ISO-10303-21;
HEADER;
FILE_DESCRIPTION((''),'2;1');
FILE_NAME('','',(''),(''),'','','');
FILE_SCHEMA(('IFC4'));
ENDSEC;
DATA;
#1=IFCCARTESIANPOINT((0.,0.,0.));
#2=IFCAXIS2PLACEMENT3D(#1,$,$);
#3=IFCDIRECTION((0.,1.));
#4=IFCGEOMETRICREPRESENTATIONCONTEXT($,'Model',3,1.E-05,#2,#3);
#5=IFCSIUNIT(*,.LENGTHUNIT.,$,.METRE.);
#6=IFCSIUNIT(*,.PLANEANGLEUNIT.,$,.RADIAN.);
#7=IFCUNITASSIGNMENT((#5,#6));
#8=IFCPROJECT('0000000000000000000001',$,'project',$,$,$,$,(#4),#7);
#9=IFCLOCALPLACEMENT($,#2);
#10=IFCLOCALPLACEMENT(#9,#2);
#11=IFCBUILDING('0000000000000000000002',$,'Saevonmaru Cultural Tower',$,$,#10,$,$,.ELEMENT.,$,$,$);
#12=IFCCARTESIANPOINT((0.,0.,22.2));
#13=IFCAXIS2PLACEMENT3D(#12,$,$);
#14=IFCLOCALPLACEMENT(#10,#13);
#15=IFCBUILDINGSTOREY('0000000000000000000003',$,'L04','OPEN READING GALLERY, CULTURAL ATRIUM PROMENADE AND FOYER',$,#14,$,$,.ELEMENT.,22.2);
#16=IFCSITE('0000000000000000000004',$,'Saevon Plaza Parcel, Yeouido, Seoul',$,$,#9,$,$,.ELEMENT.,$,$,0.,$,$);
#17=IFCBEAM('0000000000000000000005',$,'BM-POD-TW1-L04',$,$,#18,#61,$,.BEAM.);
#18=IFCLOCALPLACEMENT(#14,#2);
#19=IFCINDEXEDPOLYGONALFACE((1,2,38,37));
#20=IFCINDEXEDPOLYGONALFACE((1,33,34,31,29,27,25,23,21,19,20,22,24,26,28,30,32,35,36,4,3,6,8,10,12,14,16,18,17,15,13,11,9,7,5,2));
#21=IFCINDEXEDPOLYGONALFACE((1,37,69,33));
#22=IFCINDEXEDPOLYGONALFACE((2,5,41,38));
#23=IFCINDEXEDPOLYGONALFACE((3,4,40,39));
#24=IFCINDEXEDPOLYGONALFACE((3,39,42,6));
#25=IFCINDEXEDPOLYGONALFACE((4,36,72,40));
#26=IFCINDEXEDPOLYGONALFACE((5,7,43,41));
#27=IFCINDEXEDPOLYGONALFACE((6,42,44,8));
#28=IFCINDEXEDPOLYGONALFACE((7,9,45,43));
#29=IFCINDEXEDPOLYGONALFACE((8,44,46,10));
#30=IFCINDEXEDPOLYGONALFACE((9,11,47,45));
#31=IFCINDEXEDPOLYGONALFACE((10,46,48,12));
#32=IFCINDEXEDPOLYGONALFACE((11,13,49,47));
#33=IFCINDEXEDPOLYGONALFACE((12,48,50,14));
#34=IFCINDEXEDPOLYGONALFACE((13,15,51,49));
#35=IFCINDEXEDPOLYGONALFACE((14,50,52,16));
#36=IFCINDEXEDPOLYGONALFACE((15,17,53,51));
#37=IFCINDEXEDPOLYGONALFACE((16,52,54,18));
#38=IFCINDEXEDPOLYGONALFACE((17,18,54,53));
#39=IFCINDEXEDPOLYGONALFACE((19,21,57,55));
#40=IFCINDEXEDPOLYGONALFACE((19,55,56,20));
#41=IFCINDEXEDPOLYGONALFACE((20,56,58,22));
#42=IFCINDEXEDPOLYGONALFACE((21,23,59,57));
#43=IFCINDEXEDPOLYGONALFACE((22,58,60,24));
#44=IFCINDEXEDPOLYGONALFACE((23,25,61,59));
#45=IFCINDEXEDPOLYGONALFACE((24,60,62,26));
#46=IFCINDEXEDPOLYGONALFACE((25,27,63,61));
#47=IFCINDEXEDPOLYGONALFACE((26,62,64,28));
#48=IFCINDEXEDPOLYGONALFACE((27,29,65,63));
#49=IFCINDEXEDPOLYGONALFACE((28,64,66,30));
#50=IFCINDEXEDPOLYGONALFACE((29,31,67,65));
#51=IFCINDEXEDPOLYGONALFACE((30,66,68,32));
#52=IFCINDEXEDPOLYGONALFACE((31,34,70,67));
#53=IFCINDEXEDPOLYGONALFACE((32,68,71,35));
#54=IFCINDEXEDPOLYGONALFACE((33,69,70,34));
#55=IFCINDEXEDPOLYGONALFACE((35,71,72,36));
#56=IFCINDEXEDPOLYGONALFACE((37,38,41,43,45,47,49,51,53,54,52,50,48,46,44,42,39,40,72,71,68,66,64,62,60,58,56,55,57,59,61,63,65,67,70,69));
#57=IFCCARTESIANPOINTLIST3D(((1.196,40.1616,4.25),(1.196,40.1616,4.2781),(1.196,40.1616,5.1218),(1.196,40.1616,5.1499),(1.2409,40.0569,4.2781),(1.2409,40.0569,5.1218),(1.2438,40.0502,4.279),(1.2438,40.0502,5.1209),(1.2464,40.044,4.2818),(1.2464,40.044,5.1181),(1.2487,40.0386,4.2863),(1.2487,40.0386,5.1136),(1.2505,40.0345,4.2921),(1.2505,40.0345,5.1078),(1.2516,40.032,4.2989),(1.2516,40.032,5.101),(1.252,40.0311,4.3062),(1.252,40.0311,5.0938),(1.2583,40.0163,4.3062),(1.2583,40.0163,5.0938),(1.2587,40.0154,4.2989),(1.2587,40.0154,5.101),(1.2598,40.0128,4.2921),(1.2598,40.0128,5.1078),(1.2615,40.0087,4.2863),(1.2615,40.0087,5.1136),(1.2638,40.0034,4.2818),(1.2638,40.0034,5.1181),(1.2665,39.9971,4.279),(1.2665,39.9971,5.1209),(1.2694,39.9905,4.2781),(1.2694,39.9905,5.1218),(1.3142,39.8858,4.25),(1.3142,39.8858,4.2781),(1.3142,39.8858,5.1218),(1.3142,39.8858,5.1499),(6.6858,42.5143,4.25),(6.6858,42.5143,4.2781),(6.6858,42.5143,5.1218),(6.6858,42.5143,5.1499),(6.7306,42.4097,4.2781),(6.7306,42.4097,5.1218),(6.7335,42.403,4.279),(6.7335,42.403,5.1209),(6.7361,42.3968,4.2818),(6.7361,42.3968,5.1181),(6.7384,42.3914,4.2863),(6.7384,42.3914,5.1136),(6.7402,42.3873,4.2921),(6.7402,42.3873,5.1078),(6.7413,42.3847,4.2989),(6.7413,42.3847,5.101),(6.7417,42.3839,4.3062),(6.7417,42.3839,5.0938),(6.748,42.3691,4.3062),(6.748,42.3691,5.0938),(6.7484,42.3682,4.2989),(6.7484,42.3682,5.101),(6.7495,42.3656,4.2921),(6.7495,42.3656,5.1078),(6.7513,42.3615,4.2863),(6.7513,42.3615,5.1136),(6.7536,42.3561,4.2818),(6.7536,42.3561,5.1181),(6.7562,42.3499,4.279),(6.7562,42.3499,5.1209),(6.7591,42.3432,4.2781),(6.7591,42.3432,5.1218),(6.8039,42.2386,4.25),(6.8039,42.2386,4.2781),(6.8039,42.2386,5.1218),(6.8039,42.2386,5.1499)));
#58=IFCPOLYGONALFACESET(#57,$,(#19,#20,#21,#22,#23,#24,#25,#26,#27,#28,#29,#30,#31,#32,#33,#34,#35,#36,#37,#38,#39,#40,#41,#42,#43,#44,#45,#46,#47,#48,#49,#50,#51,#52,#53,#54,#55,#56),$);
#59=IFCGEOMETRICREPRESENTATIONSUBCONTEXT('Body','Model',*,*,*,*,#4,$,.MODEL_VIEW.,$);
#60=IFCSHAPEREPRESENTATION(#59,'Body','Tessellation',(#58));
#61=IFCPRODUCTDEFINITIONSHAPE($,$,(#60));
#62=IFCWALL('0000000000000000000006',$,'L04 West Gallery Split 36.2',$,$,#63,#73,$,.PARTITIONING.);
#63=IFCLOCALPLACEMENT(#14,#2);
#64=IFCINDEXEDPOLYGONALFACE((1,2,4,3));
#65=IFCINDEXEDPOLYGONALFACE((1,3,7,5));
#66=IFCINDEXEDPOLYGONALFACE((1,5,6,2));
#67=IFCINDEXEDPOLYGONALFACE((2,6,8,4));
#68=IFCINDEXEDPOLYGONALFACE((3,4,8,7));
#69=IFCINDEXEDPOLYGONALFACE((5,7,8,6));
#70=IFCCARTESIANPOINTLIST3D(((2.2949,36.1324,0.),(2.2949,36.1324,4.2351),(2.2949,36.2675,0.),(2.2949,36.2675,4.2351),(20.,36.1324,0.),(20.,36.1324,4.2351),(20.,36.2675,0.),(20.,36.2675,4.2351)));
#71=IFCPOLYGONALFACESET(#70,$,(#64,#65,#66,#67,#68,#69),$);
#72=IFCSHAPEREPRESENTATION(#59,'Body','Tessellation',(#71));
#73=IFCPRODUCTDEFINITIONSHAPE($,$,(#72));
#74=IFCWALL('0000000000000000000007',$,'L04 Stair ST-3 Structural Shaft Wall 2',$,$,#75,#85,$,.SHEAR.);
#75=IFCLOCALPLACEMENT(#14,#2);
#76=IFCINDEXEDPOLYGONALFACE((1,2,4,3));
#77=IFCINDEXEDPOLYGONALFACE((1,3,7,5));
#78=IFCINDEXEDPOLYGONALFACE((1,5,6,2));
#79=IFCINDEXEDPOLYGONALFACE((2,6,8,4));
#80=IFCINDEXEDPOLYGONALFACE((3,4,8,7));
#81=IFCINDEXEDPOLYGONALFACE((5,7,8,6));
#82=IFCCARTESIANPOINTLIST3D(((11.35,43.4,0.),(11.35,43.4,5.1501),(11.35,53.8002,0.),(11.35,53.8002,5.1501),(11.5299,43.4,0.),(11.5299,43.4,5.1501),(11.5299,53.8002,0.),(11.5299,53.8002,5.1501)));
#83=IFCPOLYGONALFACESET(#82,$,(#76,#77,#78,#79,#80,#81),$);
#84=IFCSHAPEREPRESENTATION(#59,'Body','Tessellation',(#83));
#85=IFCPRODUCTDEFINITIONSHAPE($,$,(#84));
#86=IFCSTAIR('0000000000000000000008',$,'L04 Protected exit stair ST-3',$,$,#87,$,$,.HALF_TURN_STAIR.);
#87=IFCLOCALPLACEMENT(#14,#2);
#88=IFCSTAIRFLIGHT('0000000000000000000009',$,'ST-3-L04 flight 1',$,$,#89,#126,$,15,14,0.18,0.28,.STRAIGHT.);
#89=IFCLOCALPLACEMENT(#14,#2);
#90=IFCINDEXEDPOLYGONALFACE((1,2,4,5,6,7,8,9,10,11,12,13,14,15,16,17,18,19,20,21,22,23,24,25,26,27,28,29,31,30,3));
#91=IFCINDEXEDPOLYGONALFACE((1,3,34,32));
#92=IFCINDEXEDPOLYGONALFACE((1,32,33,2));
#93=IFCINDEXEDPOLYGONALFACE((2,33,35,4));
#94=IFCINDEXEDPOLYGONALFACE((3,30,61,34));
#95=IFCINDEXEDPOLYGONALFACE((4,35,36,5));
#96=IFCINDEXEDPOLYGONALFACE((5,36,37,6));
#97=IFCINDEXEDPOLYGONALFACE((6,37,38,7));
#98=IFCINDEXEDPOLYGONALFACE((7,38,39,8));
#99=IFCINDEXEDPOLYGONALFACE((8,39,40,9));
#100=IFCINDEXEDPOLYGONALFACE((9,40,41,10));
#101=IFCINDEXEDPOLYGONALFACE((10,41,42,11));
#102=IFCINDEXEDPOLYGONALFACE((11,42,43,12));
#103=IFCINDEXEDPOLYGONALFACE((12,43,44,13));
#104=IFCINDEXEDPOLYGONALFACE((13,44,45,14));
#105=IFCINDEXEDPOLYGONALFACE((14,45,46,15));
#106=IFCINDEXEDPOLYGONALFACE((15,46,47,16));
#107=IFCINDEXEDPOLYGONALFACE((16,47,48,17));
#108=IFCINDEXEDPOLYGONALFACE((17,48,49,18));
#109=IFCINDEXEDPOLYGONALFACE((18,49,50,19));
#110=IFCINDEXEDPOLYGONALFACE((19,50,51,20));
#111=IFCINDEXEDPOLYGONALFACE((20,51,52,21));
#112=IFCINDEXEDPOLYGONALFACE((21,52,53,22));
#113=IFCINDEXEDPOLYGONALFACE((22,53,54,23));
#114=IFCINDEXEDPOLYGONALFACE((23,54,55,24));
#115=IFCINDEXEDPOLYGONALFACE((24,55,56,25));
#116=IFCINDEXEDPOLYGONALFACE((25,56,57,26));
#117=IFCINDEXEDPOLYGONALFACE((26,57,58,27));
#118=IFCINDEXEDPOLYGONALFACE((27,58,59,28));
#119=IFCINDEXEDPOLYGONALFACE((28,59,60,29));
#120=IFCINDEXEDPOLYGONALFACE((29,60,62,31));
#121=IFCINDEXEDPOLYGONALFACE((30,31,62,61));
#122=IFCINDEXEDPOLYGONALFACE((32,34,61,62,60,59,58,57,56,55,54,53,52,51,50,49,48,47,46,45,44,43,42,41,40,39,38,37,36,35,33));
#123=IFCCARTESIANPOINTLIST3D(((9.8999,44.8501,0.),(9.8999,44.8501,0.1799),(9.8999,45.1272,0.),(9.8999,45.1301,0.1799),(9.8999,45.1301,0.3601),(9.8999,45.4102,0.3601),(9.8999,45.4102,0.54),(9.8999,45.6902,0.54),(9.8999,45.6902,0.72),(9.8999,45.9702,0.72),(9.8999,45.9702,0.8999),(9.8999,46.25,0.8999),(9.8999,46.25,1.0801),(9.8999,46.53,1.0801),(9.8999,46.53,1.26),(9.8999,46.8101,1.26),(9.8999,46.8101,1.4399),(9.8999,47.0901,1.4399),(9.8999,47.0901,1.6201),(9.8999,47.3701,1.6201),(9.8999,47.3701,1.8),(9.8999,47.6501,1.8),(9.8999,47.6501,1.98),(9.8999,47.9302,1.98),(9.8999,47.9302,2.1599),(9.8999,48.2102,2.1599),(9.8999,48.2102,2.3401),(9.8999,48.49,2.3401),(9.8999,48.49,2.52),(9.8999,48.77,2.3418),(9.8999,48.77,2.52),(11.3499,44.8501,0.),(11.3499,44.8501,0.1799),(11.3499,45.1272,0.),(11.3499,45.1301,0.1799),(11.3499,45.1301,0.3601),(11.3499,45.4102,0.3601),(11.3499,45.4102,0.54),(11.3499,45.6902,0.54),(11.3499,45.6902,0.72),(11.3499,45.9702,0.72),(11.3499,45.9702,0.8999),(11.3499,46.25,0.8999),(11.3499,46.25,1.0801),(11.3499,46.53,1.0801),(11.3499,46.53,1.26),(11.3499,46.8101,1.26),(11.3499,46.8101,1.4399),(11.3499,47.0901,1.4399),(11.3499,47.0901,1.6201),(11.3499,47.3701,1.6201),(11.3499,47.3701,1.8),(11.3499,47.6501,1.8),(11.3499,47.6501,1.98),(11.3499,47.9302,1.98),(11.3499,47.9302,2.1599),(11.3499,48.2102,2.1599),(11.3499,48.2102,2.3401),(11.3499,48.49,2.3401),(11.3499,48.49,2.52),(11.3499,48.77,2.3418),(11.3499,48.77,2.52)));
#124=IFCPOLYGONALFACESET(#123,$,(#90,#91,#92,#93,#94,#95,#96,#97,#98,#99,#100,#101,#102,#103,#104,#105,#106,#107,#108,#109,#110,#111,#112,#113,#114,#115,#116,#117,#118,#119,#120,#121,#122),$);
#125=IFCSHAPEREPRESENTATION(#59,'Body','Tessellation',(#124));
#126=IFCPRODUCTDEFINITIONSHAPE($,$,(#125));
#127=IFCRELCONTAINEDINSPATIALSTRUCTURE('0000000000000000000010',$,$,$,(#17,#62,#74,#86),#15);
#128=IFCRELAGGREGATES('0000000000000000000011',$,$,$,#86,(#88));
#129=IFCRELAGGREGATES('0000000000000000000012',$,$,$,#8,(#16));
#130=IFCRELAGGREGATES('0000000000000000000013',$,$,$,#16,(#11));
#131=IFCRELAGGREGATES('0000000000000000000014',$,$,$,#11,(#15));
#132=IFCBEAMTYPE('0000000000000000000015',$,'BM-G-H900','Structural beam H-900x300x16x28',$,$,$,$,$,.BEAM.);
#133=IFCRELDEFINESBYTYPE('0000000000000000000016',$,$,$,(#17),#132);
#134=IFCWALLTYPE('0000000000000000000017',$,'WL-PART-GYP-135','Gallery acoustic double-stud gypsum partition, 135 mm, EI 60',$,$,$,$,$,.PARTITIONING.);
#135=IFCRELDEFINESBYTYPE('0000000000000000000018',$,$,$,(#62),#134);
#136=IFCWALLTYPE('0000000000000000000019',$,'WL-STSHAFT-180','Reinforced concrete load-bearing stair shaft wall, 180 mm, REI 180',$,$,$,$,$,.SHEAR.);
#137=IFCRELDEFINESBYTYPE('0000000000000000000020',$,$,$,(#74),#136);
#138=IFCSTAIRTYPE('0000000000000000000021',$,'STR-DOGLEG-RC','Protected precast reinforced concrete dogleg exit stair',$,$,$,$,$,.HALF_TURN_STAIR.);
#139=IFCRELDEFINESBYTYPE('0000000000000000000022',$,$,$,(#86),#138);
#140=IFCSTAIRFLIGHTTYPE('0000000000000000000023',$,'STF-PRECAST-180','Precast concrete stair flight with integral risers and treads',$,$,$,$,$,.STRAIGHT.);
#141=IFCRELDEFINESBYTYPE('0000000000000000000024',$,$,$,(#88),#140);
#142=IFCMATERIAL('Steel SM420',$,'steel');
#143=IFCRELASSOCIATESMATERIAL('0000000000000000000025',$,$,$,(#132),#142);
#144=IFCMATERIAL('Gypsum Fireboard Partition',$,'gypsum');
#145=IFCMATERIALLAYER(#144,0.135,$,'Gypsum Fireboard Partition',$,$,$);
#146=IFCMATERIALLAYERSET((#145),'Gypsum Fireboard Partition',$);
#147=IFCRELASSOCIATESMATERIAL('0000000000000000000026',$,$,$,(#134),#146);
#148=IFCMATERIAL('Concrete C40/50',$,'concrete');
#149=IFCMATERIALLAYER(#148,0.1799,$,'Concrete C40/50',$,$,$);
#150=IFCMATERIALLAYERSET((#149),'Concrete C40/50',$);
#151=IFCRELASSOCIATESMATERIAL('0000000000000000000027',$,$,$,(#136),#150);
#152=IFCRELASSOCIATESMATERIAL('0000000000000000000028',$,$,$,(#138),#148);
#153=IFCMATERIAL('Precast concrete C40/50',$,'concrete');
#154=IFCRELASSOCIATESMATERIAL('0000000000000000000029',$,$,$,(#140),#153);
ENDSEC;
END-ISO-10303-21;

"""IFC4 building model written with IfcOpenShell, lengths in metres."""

from ifc_helpers import new_model, si_unit, direction, frame, frame_2d, origin, origin_2d, place, context, subcontext, project, spatial, polyline, rectangle, i_section, outline, extrude, material, layer, layer_set, material_profile, profile_set, type_object, element, aggregate, save


model = new_model("IFC4")

# Units and contexts
model_context = context("Model", 3, precision=1e-05, world=origin(), true_north=direction((0.0, 1.0)))
body_context = subcontext(model_context, "Body", "Model", "MODEL_VIEW")
ifc_project = project(units=[si_unit("LENGTHUNIT", "METRE"), si_unit("PLANEANGLEUNIT", "RADIAN")], contexts=[model_context])

# Site, building, storey
site_placement = place(None, origin())
site = spatial("IfcSite", under=ifc_project, at=site_placement, Name="Saevon Plaza Parcel, Yeouido, Seoul", CompositionType="ELEMENT", RefElevation=0.0)
building_placement = place(site_placement, origin())
building = spatial("IfcBuilding", under=site, at=building_placement, Name="Saevonmaru Cultural Tower", CompositionType="ELEMENT")
storey_placement = place(building_placement, frame((0.0, 0.0, 22.2)))
storey = spatial("IfcBuildingStorey", under=building, at=storey_placement, Name="L04", Description="OPEN READING GALLERY, CULTURAL ATRIUM PROMENADE AND FOYER", CompositionType="ELEMENT", Elevation=22.2)

# Shared definitions
ifc_material_1 = material(Name="Steel SM420", Category="steel")

# Beam
ifc_material_profile_1 = material_profile(ifc_material_1, i_section(OverallWidth=0.3, OverallDepth=0.8999, WebThickness=0.0161, FlangeThickness=0.0281, FilletRadius=0.0281, at=origin_2d()), Name="H-900x300x16x28")
ifc_profile_set_1 = profile_set([ifc_material_profile_1], Name="Steel SM420")
beam_type_1 = type_object("IfcBeamType", Name="BM-G-H900", Description="Structural beam H-900x300x16x28", PredefinedType="BEAM", material=ifc_profile_set_1)
beam_1_placement = place(storey_placement, frame((1.2551, 40.0237, 4.7), z_axis=(0.919143, 0.393924, 0.0), x_axis=(-0.393924, 0.919143, 0.0)))
element("IfcBeam", 1, at=beam_1_placement, inside=storey, type_object=beam_type_1, Name="BM-POD-TW1-L04", PredefinedType="BEAM", context=body_context, shape_type="SweptSolid", body=[
    extrude(i_section(OverallWidth=0.3, OverallDepth=0.8999, WebThickness=0.0161, FlangeThickness=0.0281, FilletRadius=0.0281, at=origin_2d()), origin(), (0.0, 0.0, 1.0), 5.9727),
])

# Wall
ifc_material_2 = material(Name="Gypsum Fireboard Partition", Category="gypsum")
ifc_layer_1 = layer(ifc_material_2, 0.135, Name="Gypsum Fireboard Partition")
ifc_layer_set_1 = layer_set([ifc_layer_1], Name="Gypsum Fireboard Partition")
wall_type_1 = type_object("IfcWallType", Name="WL-PART-GYP-135", Description="Gallery acoustic double-stud gypsum partition, 135 mm, EI 60", PredefinedType="PARTITIONING", material=ifc_layer_set_1)
wall_1_placement = place(storey_placement, frame((2.2949, 36.2, 0.0), z_axis=(0.0, 0.0, 1.0), x_axis=(1.0, 0.0, 0.0)))
element("IfcWall", 2, at=wall_1_placement, inside=storey, type_object=wall_type_1, Name="L04 West Gallery Split 36.2", PredefinedType="PARTITIONING", context=body_context, shape_type="SweptSolid", body=[
    extrude(rectangle(XDim=17.7051, YDim=0.135, at=frame_2d((8.8525, 0.0))), origin(), (0.0, 0.0, 1.0), 4.2351),
])

# Shared definitions
ifc_material_3 = material(Name="Concrete C40/50", Category="concrete")
ifc_layer_2 = layer(ifc_material_3, 0.1799, Name="Concrete C40/50")
ifc_layer_set_2 = layer_set([ifc_layer_2], Name="Concrete C40/50")
wall_type_2 = type_object("IfcWallType", Name="WL-STSHAFT-180", Description="Reinforced concrete load-bearing stair shaft wall, 180 mm, REI 180", PredefinedType="SHEAR", material=ifc_layer_set_2)

# Wall
wall_2_placement = place(storey_placement, frame((11.4399, 43.3999, 0.0), z_axis=(0.0, 0.0, 1.0), x_axis=(0.0, 1.0, 0.0)))
element("IfcWall", 3, at=wall_2_placement, inside=storey, type_object=wall_type_2, Name="L04 Stair ST-3 Structural Shaft Wall 2", PredefinedType="SHEAR", context=body_context, shape_type="SweptSolid", body=[
    extrude(rectangle(XDim=10.4001, YDim=0.1799, at=frame_2d((5.2002, 0.0))), origin(), (0.0, 0.0, 1.0), 5.1501),
])

# Stair, stair flight
stair_type = type_object("IfcStairType", Name="STR-DOGLEG-RC", Description="Protected precast reinforced concrete dogleg exit stair", PredefinedType="HALF_TURN_STAIR", material=ifc_material_3)
stair_placement = place(storey_placement, origin())
stair = element("IfcStair", 4, at=stair_placement, inside=storey, type_object=stair_type, Name="L04 Protected exit stair ST-3", PredefinedType="HALF_TURN_STAIR")
ifc_material_4 = material(Name="Precast concrete C40/50", Category="concrete")
stair_flight_type = type_object("IfcStairFlightType", Name="STF-PRECAST-180", Description="Precast concrete stair flight with integral risers and treads", PredefinedType="STRAIGHT", material=ifc_material_4)
stair_flight_placement = place(storey_placement, frame((10.625, 44.8501, 0.0), z_axis=(0.0, 0.0, 1.0), x_axis=(0.0, 1.0, 0.0)))
stair_flight = element("IfcStairFlight", 5, at=stair_flight_placement, type_object=stair_flight_type, Name="ST-3-L04 flight 1", NumberOfRisers=15, NumberOfTreads=14, PredefinedType="STRAIGHT", RiserHeight=0.18, TreadLength=0.28, context=body_context, shape_type="SweptSolid", body=[
    extrude(outline(polyline([(0.0, 0.0), (0.0, 0.1799), (0.28, 0.1799), (0.28, 0.3601), (0.5601, 0.3601), (0.5601, 0.54), (0.8401, 0.54), (0.8401, 0.72), (1.1201, 0.72), (1.1201, 0.8999), (1.3999, 0.8999), (1.3999, 1.0801), (1.6799, 1.0801), (1.6799, 1.26), (1.96, 1.26), (1.96, 1.4399), (2.24, 1.4399), (2.24, 1.6201), (2.52, 1.6201), (2.52, 1.8), (2.8, 1.8), (2.8, 1.98), (3.0801, 1.98), (3.0801, 2.1599), (3.3601, 2.1599), (3.3601, 2.3401), (3.6399, 2.3401), (3.6399, 2.52), (3.9199, 2.52), (3.9199, 2.7), (3.9199, 2.3418), (0.2771, 0.0), (0.0, 0.0)])), frame((0.0, 0.7251, 0.0), z_axis=(0.0, -1.0, 0.0), x_axis=(1.0, 0.0, 0.0)), (0.0, 0.0, 1.0), 1.45),
])
aggregate(stair, [stair_flight])

save(model, "model.ifc")
